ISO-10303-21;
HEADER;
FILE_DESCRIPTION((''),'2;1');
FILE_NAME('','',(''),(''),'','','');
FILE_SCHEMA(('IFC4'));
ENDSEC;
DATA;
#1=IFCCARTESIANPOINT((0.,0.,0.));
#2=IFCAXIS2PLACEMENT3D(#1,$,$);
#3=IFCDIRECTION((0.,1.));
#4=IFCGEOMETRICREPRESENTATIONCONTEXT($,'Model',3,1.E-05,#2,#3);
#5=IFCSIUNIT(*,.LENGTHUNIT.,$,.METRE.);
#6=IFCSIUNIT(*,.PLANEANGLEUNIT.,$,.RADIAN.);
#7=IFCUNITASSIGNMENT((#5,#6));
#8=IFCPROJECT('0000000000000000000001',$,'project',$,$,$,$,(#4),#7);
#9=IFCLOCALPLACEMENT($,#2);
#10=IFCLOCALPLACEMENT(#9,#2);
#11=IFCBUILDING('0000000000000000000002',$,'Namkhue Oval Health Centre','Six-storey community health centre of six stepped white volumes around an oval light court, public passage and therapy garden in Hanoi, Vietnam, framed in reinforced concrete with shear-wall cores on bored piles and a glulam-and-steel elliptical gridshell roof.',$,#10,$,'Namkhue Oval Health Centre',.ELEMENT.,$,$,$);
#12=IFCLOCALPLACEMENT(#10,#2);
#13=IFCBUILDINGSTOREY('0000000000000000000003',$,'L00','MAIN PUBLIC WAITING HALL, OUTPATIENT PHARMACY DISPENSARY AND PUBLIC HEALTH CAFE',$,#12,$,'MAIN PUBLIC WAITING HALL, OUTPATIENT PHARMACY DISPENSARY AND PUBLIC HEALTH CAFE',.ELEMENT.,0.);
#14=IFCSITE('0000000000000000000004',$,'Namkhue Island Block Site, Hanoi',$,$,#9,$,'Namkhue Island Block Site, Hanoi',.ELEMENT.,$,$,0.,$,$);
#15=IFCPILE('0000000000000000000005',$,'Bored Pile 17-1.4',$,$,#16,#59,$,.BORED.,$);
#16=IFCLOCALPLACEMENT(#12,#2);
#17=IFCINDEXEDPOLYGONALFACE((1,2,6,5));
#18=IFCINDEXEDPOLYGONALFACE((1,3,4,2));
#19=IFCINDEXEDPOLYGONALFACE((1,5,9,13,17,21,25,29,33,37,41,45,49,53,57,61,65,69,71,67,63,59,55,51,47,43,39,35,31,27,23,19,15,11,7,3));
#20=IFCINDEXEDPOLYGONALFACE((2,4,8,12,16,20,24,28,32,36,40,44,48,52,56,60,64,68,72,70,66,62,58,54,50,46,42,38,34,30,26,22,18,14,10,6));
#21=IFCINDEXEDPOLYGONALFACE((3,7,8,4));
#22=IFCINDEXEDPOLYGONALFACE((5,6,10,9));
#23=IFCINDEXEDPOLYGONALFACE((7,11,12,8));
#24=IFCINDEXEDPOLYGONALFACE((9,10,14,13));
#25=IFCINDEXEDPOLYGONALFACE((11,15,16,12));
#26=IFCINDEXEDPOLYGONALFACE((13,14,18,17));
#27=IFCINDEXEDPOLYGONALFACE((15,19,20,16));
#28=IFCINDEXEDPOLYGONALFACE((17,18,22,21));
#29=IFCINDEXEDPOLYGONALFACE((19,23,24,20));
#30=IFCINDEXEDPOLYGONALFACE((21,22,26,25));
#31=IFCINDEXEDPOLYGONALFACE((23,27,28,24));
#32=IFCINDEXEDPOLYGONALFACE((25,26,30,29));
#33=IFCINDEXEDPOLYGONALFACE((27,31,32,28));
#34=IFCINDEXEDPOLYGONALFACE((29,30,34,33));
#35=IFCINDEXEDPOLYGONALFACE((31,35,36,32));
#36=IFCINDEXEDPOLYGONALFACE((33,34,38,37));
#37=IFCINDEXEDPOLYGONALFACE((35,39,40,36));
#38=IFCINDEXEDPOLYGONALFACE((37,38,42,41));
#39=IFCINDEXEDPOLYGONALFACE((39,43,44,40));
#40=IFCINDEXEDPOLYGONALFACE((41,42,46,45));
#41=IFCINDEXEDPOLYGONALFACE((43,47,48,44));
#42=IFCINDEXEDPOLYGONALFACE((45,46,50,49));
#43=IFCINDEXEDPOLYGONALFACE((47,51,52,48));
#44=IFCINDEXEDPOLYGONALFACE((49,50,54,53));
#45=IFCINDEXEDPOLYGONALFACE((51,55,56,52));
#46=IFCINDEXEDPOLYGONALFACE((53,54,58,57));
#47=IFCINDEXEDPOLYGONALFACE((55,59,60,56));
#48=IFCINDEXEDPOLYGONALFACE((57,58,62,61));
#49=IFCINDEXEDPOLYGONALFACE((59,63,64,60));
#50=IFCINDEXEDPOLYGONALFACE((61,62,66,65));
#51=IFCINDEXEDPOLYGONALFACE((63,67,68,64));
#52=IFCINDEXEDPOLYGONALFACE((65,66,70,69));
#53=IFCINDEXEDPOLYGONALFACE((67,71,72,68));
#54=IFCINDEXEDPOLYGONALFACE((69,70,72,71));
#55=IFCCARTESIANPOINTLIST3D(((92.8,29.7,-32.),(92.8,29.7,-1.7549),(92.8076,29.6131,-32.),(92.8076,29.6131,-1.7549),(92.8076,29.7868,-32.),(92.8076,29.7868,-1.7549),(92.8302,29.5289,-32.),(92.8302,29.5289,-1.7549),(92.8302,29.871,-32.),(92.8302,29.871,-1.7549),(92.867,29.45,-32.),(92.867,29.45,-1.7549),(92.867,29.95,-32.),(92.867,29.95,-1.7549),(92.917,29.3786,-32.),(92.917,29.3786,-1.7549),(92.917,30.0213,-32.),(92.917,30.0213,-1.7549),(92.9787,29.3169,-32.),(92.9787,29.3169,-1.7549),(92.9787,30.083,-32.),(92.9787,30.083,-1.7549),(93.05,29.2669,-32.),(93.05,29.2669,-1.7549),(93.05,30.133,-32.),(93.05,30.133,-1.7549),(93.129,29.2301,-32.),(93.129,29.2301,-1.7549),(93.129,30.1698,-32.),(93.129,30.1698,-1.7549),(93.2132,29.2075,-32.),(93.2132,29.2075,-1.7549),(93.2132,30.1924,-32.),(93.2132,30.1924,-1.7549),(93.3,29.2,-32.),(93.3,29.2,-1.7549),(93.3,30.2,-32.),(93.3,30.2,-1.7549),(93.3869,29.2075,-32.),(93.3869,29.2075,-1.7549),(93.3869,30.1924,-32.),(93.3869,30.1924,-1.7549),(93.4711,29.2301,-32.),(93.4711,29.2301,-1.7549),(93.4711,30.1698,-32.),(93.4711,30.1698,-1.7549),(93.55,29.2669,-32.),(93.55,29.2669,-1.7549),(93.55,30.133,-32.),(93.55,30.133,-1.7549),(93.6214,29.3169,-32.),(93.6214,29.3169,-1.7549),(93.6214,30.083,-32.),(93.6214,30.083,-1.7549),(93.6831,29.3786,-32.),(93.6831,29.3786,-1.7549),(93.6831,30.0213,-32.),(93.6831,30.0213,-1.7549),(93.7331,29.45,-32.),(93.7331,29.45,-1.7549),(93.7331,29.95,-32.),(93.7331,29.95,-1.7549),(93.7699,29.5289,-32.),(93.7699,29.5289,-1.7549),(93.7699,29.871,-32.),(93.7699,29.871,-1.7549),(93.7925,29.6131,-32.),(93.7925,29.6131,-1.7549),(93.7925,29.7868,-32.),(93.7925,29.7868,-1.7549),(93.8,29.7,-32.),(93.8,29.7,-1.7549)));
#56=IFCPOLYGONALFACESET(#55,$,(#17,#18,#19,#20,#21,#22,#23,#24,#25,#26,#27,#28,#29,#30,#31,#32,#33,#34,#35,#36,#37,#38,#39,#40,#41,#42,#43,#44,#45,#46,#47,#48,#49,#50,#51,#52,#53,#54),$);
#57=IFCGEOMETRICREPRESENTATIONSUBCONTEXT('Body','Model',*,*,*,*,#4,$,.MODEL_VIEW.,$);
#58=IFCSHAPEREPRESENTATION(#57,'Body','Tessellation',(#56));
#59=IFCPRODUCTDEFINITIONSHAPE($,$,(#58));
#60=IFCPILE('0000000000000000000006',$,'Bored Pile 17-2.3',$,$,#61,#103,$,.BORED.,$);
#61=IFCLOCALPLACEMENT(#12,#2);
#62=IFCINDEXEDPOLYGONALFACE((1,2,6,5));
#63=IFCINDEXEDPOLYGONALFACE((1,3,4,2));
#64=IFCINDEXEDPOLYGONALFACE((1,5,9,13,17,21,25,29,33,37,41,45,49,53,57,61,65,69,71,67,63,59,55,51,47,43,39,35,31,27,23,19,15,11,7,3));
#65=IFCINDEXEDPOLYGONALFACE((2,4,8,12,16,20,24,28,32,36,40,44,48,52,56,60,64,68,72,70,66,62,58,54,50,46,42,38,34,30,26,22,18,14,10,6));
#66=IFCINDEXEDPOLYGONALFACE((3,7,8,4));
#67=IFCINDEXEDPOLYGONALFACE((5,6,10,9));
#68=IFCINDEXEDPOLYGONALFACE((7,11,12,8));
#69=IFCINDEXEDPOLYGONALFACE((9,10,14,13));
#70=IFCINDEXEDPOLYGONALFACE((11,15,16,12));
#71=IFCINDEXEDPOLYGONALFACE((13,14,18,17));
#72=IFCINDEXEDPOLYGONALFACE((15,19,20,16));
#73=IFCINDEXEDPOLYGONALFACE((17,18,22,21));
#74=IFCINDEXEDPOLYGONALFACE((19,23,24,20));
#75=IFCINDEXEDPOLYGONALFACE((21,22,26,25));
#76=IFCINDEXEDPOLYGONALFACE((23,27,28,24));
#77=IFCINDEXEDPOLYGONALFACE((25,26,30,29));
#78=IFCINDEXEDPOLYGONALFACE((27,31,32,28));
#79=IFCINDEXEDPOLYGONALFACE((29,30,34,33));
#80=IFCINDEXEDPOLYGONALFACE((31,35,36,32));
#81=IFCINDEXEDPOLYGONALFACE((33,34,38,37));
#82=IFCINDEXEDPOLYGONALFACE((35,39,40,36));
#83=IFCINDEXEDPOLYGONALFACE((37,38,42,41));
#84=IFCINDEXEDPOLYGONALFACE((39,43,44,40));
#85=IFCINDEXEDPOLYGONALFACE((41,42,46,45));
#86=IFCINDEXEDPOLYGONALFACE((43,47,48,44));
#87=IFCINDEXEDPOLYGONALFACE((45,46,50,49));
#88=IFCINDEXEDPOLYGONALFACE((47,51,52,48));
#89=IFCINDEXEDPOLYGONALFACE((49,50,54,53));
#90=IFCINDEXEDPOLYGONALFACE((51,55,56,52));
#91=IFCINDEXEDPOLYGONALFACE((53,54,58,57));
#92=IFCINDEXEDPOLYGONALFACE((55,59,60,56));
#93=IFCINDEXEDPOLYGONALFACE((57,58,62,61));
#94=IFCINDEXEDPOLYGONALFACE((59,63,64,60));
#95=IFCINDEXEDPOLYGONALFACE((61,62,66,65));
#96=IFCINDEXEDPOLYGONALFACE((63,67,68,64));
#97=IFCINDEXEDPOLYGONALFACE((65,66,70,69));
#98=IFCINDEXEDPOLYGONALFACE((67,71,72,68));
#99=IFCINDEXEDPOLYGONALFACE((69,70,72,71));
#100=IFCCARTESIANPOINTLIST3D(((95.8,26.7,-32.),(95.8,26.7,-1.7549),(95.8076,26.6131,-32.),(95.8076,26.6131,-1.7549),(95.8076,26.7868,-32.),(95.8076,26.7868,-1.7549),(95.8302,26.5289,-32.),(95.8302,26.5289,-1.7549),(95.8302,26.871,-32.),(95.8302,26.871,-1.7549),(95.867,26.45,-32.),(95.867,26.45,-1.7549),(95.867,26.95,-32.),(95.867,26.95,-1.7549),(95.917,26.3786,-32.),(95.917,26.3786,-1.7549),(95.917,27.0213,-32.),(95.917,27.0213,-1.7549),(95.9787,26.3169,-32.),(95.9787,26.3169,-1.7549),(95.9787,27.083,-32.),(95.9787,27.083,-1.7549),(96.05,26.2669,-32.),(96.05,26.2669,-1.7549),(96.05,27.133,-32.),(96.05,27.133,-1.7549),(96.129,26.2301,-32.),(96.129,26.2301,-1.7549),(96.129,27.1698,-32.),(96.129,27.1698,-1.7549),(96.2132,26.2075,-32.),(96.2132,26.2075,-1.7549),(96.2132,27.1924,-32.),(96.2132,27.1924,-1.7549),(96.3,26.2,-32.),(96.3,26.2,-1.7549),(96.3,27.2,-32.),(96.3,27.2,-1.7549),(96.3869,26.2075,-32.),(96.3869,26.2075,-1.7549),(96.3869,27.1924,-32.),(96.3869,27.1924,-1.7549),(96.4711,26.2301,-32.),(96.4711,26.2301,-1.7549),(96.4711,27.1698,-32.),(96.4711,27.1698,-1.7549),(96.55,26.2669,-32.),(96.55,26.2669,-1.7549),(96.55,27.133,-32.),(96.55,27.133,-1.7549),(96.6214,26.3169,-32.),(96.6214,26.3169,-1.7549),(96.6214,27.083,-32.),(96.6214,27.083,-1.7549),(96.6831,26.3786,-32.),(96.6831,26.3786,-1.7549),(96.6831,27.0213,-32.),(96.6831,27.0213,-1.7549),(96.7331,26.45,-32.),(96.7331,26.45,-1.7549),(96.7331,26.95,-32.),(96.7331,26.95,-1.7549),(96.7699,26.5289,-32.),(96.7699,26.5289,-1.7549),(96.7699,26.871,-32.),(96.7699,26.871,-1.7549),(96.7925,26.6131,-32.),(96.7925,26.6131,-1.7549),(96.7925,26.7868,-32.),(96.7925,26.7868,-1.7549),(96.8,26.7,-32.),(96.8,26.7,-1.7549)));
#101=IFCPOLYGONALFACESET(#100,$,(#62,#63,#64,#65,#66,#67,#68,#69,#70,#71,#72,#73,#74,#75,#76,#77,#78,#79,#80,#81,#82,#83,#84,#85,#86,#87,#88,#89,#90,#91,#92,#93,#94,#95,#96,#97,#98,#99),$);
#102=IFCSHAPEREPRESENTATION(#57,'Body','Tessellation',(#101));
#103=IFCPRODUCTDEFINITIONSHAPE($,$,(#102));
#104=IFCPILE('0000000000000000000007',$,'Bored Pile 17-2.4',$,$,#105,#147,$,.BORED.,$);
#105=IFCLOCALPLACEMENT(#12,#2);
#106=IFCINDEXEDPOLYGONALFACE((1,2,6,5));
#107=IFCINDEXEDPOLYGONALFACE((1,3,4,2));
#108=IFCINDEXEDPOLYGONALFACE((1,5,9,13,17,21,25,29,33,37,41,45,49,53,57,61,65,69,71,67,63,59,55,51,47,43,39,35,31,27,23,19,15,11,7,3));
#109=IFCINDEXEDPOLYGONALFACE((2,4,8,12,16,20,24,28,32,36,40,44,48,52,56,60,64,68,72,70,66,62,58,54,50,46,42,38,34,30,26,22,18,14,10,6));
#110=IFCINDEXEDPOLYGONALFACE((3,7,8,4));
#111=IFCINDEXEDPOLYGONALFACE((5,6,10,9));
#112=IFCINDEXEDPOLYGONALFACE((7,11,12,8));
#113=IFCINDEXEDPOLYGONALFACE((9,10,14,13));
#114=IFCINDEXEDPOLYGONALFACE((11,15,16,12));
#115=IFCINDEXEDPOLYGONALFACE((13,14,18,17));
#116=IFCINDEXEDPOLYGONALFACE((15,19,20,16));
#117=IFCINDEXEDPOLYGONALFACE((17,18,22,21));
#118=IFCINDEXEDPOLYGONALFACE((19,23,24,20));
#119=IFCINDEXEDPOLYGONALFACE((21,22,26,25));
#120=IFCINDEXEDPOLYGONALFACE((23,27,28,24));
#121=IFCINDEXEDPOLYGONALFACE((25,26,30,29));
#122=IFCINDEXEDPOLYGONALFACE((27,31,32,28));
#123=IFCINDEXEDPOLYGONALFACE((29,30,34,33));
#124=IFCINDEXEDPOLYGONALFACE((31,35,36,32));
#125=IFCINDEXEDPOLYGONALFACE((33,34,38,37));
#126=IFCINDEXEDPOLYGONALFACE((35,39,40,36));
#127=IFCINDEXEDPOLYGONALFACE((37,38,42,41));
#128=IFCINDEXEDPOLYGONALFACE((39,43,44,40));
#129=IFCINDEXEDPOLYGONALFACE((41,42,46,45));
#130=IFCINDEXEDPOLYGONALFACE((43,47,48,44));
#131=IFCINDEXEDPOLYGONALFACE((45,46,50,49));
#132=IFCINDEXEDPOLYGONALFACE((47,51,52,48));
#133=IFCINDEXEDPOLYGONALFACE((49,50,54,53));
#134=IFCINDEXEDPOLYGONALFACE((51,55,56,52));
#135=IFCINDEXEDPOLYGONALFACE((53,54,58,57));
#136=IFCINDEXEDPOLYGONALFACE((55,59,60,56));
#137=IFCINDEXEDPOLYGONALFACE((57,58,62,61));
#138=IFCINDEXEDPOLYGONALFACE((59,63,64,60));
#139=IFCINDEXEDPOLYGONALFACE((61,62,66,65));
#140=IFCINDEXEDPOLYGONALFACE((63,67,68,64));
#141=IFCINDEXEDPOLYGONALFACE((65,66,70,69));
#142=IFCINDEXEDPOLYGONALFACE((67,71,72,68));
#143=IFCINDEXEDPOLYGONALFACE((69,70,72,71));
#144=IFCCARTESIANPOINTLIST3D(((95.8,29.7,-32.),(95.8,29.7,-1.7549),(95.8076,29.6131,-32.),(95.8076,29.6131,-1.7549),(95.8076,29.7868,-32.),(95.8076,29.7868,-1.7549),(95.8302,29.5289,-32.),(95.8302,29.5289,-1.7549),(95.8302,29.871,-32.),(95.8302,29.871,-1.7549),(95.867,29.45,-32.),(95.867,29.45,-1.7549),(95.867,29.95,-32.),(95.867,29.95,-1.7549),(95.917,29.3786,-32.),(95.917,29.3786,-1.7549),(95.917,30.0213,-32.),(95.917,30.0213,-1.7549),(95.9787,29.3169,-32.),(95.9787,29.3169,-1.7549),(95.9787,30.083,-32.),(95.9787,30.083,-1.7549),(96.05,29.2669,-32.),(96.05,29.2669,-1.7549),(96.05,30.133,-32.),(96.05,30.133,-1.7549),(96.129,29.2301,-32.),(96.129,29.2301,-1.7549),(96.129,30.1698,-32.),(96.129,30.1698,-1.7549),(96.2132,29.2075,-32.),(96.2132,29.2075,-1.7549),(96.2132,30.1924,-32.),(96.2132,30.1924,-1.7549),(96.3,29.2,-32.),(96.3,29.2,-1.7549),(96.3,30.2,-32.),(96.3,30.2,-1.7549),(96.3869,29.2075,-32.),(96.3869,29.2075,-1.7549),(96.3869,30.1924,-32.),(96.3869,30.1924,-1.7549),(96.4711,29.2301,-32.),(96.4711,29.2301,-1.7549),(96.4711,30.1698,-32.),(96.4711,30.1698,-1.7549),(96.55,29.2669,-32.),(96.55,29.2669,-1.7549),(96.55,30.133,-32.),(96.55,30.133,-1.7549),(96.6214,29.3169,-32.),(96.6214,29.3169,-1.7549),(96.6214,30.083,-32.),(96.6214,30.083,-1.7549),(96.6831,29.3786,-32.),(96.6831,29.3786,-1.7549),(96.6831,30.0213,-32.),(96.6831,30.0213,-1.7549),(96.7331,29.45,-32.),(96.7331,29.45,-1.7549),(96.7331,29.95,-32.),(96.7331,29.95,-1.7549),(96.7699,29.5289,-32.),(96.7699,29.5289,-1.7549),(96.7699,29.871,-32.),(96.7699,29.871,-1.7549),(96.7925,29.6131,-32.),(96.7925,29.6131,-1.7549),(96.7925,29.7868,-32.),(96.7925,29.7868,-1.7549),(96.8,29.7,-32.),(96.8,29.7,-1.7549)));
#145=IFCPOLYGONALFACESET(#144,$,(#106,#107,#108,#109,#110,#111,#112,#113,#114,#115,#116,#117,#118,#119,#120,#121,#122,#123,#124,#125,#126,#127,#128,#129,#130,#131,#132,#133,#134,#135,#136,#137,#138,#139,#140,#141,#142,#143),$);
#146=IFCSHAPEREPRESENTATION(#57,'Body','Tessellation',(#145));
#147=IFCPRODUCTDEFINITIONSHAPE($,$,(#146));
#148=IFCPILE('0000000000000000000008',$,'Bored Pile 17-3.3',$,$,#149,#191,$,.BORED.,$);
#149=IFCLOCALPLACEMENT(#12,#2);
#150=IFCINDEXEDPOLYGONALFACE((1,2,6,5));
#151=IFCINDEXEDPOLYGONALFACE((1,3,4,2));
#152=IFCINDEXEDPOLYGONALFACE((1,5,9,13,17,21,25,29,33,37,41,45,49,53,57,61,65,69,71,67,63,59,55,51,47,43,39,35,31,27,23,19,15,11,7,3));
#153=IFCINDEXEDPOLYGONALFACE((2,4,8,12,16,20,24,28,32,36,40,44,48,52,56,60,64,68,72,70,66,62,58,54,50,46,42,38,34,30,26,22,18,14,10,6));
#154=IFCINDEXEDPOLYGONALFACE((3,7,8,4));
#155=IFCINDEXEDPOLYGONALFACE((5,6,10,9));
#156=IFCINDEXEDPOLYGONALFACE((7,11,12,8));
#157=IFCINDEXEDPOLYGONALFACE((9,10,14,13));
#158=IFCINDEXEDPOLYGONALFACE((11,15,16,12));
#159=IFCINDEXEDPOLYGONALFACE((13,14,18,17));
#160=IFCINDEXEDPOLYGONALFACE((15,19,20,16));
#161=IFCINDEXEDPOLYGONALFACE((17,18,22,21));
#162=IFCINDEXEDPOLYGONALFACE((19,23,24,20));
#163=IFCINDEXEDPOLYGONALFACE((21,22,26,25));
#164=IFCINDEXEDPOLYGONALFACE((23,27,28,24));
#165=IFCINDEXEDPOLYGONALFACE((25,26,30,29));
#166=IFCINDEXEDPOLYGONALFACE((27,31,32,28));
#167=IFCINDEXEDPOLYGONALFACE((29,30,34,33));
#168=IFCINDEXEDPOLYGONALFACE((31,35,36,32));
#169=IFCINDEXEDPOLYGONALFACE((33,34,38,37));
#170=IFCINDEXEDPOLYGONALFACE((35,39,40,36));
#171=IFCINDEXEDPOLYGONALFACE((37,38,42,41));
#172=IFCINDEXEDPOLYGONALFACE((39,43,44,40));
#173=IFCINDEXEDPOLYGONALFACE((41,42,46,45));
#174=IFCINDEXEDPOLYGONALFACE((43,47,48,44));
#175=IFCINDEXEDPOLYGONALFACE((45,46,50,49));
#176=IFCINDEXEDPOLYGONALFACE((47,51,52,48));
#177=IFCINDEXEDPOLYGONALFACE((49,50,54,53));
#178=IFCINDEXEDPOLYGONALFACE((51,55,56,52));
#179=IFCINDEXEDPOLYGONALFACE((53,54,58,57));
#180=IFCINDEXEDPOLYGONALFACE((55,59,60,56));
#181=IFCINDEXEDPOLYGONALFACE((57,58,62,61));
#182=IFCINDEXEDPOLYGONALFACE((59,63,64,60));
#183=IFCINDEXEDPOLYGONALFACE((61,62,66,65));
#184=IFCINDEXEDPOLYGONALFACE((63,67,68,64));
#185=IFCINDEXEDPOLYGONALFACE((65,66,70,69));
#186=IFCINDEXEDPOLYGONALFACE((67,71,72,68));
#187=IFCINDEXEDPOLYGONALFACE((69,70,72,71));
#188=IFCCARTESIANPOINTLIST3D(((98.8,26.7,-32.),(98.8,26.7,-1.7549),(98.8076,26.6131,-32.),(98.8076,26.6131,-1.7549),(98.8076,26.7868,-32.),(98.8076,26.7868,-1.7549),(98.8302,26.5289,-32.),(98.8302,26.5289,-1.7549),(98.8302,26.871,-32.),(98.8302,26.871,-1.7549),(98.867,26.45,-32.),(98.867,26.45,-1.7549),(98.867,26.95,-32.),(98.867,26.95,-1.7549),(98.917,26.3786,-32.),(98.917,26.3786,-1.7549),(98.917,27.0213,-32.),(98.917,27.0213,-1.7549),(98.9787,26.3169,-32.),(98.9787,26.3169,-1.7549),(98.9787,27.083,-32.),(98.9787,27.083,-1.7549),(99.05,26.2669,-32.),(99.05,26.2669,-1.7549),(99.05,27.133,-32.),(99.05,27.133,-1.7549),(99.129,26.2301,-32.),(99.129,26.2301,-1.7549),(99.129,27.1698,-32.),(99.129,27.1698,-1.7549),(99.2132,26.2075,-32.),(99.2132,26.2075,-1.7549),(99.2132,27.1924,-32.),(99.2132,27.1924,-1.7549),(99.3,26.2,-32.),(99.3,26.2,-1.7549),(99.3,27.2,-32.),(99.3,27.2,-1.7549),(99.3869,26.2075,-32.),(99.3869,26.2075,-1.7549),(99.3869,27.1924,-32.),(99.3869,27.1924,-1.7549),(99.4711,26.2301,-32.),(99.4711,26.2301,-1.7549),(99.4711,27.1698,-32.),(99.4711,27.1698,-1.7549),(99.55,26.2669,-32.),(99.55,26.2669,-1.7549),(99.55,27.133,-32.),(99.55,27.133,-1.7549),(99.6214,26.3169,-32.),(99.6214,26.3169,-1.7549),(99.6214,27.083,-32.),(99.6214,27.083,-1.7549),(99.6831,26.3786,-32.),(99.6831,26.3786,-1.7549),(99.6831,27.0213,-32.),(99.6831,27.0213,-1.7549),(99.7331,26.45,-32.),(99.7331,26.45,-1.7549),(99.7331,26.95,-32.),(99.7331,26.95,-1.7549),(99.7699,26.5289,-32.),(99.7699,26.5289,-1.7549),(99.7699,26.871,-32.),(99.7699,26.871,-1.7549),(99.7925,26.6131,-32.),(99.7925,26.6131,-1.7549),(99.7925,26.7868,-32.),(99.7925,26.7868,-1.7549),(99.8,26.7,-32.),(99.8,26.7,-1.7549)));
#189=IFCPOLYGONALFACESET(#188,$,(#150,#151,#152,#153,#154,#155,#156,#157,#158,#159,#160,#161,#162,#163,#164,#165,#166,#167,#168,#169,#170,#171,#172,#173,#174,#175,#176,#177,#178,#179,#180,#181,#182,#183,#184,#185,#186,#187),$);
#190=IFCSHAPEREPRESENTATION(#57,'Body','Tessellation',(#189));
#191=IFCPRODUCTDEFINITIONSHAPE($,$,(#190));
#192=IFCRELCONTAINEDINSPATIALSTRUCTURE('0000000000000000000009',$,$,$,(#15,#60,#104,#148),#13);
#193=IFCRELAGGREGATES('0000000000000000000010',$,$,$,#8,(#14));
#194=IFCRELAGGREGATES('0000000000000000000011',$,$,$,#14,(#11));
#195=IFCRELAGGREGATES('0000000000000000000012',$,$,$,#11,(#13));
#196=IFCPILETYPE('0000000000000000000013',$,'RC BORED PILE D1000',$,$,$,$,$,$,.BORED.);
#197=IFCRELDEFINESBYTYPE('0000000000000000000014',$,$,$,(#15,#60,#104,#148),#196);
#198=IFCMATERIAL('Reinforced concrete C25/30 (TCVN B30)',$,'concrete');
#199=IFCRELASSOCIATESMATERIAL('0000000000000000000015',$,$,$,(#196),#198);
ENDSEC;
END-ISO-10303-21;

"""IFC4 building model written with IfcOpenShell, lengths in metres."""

from ifc_helpers import new_model, si_unit, direction, frame, origin, origin_2d, place, context, subcontext, project, spatial, circle, extrude, material, material_profile, profile_set, type_object, element, save


model = new_model("IFC4")

# Units and contexts
model_context = context("Model", 3, precision=1e-05, world=origin(), true_north=direction((0.0, 1.0)))
body_context = subcontext(model_context, "Body", "Model", "MODEL_VIEW")
ifc_project = project(units=[si_unit("LENGTHUNIT", "METRE"), si_unit("PLANEANGLEUNIT", "RADIAN")], contexts=[model_context])

# Site, building, storey
site_placement = place(None, origin())
site = spatial("IfcSite", under=ifc_project, at=site_placement, Name="Namkhue Island Block Site, Hanoi", LongName="Namkhue Island Block Site, Hanoi", CompositionType="ELEMENT", RefElevation=0.0)
building_placement = place(site_placement, origin())
building = spatial("IfcBuilding", under=site, at=building_placement, Name="Namkhue Oval Health Centre", Description="Six-storey community health centre of six stepped white volumes around an oval light court, public passage and therapy garden in Hanoi, Vietnam, framed in reinforced concrete with shear-wall cores on bored piles and a glulam-and-steel elliptical gridshell roof.", LongName="Namkhue Oval Health Centre", CompositionType="ELEMENT")
storey_placement = place(building_placement, origin())
storey = spatial("IfcBuildingStorey", under=building, at=storey_placement, Name="L00", Description="MAIN PUBLIC WAITING HALL, OUTPATIENT PHARMACY DISPENSARY AND PUBLIC HEALTH CAFE", LongName="MAIN PUBLIC WAITING HALL, OUTPATIENT PHARMACY DISPENSARY AND PUBLIC HEALTH CAFE", CompositionType="ELEMENT", Elevation=0.0)

# Piles
ifc_material_1 = material(Name="Reinforced concrete C25/30 (TCVN B30)", Category="concrete")
ifc_material_profile_1 = material_profile(ifc_material_1, circle(Radius=0.5, at=origin_2d()), Name="BORED PILE D1000")
ifc_profile_set_1 = profile_set([ifc_material_profile_1], Name="Reinforced concrete C25/30 (TCVN B30)")
pile_type_1 = type_object("IfcPileType", Name="RC BORED PILE D1000", PredefinedType="BORED", material=ifc_profile_set_1)
for number, where, z_axis, x_axis, name in (
    (1, (93.3, 29.7, -1.7549), (0.0, 0.0, -1.0), (1.0, 0.0, 0.0), "Bored Pile 17-1.4"),
    (2, (96.3, 26.7, -1.7549), (0.0, 0.0, -1.0), (1.0, 0.0, 0.0), "Bored Pile 17-2.3"),
    (3, (96.3, 29.7, -1.7549), (0.0, 0.0, -1.0), (1.0, 0.0, 0.0), "Bored Pile 17-2.4"),
    (4, (99.3, 26.7, -1.7549), (0.0, 0.0, -1.0), (1.0, 0.0, 0.0), "Bored Pile 17-3.3"),
):
    element("IfcPile", number, at=place(storey_placement, frame(where, z_axis=z_axis, x_axis=x_axis)), inside=storey, type_object=pile_type_1, Name=name, PredefinedType="BORED", context=body_context, shape_type="SweptSolid", body=[
        extrude(circle(Radius=0.5, at=origin_2d()), origin(), (0.0, 0.0, 1.0), 30.2451),
    ])

save(model, "model.ifc")
